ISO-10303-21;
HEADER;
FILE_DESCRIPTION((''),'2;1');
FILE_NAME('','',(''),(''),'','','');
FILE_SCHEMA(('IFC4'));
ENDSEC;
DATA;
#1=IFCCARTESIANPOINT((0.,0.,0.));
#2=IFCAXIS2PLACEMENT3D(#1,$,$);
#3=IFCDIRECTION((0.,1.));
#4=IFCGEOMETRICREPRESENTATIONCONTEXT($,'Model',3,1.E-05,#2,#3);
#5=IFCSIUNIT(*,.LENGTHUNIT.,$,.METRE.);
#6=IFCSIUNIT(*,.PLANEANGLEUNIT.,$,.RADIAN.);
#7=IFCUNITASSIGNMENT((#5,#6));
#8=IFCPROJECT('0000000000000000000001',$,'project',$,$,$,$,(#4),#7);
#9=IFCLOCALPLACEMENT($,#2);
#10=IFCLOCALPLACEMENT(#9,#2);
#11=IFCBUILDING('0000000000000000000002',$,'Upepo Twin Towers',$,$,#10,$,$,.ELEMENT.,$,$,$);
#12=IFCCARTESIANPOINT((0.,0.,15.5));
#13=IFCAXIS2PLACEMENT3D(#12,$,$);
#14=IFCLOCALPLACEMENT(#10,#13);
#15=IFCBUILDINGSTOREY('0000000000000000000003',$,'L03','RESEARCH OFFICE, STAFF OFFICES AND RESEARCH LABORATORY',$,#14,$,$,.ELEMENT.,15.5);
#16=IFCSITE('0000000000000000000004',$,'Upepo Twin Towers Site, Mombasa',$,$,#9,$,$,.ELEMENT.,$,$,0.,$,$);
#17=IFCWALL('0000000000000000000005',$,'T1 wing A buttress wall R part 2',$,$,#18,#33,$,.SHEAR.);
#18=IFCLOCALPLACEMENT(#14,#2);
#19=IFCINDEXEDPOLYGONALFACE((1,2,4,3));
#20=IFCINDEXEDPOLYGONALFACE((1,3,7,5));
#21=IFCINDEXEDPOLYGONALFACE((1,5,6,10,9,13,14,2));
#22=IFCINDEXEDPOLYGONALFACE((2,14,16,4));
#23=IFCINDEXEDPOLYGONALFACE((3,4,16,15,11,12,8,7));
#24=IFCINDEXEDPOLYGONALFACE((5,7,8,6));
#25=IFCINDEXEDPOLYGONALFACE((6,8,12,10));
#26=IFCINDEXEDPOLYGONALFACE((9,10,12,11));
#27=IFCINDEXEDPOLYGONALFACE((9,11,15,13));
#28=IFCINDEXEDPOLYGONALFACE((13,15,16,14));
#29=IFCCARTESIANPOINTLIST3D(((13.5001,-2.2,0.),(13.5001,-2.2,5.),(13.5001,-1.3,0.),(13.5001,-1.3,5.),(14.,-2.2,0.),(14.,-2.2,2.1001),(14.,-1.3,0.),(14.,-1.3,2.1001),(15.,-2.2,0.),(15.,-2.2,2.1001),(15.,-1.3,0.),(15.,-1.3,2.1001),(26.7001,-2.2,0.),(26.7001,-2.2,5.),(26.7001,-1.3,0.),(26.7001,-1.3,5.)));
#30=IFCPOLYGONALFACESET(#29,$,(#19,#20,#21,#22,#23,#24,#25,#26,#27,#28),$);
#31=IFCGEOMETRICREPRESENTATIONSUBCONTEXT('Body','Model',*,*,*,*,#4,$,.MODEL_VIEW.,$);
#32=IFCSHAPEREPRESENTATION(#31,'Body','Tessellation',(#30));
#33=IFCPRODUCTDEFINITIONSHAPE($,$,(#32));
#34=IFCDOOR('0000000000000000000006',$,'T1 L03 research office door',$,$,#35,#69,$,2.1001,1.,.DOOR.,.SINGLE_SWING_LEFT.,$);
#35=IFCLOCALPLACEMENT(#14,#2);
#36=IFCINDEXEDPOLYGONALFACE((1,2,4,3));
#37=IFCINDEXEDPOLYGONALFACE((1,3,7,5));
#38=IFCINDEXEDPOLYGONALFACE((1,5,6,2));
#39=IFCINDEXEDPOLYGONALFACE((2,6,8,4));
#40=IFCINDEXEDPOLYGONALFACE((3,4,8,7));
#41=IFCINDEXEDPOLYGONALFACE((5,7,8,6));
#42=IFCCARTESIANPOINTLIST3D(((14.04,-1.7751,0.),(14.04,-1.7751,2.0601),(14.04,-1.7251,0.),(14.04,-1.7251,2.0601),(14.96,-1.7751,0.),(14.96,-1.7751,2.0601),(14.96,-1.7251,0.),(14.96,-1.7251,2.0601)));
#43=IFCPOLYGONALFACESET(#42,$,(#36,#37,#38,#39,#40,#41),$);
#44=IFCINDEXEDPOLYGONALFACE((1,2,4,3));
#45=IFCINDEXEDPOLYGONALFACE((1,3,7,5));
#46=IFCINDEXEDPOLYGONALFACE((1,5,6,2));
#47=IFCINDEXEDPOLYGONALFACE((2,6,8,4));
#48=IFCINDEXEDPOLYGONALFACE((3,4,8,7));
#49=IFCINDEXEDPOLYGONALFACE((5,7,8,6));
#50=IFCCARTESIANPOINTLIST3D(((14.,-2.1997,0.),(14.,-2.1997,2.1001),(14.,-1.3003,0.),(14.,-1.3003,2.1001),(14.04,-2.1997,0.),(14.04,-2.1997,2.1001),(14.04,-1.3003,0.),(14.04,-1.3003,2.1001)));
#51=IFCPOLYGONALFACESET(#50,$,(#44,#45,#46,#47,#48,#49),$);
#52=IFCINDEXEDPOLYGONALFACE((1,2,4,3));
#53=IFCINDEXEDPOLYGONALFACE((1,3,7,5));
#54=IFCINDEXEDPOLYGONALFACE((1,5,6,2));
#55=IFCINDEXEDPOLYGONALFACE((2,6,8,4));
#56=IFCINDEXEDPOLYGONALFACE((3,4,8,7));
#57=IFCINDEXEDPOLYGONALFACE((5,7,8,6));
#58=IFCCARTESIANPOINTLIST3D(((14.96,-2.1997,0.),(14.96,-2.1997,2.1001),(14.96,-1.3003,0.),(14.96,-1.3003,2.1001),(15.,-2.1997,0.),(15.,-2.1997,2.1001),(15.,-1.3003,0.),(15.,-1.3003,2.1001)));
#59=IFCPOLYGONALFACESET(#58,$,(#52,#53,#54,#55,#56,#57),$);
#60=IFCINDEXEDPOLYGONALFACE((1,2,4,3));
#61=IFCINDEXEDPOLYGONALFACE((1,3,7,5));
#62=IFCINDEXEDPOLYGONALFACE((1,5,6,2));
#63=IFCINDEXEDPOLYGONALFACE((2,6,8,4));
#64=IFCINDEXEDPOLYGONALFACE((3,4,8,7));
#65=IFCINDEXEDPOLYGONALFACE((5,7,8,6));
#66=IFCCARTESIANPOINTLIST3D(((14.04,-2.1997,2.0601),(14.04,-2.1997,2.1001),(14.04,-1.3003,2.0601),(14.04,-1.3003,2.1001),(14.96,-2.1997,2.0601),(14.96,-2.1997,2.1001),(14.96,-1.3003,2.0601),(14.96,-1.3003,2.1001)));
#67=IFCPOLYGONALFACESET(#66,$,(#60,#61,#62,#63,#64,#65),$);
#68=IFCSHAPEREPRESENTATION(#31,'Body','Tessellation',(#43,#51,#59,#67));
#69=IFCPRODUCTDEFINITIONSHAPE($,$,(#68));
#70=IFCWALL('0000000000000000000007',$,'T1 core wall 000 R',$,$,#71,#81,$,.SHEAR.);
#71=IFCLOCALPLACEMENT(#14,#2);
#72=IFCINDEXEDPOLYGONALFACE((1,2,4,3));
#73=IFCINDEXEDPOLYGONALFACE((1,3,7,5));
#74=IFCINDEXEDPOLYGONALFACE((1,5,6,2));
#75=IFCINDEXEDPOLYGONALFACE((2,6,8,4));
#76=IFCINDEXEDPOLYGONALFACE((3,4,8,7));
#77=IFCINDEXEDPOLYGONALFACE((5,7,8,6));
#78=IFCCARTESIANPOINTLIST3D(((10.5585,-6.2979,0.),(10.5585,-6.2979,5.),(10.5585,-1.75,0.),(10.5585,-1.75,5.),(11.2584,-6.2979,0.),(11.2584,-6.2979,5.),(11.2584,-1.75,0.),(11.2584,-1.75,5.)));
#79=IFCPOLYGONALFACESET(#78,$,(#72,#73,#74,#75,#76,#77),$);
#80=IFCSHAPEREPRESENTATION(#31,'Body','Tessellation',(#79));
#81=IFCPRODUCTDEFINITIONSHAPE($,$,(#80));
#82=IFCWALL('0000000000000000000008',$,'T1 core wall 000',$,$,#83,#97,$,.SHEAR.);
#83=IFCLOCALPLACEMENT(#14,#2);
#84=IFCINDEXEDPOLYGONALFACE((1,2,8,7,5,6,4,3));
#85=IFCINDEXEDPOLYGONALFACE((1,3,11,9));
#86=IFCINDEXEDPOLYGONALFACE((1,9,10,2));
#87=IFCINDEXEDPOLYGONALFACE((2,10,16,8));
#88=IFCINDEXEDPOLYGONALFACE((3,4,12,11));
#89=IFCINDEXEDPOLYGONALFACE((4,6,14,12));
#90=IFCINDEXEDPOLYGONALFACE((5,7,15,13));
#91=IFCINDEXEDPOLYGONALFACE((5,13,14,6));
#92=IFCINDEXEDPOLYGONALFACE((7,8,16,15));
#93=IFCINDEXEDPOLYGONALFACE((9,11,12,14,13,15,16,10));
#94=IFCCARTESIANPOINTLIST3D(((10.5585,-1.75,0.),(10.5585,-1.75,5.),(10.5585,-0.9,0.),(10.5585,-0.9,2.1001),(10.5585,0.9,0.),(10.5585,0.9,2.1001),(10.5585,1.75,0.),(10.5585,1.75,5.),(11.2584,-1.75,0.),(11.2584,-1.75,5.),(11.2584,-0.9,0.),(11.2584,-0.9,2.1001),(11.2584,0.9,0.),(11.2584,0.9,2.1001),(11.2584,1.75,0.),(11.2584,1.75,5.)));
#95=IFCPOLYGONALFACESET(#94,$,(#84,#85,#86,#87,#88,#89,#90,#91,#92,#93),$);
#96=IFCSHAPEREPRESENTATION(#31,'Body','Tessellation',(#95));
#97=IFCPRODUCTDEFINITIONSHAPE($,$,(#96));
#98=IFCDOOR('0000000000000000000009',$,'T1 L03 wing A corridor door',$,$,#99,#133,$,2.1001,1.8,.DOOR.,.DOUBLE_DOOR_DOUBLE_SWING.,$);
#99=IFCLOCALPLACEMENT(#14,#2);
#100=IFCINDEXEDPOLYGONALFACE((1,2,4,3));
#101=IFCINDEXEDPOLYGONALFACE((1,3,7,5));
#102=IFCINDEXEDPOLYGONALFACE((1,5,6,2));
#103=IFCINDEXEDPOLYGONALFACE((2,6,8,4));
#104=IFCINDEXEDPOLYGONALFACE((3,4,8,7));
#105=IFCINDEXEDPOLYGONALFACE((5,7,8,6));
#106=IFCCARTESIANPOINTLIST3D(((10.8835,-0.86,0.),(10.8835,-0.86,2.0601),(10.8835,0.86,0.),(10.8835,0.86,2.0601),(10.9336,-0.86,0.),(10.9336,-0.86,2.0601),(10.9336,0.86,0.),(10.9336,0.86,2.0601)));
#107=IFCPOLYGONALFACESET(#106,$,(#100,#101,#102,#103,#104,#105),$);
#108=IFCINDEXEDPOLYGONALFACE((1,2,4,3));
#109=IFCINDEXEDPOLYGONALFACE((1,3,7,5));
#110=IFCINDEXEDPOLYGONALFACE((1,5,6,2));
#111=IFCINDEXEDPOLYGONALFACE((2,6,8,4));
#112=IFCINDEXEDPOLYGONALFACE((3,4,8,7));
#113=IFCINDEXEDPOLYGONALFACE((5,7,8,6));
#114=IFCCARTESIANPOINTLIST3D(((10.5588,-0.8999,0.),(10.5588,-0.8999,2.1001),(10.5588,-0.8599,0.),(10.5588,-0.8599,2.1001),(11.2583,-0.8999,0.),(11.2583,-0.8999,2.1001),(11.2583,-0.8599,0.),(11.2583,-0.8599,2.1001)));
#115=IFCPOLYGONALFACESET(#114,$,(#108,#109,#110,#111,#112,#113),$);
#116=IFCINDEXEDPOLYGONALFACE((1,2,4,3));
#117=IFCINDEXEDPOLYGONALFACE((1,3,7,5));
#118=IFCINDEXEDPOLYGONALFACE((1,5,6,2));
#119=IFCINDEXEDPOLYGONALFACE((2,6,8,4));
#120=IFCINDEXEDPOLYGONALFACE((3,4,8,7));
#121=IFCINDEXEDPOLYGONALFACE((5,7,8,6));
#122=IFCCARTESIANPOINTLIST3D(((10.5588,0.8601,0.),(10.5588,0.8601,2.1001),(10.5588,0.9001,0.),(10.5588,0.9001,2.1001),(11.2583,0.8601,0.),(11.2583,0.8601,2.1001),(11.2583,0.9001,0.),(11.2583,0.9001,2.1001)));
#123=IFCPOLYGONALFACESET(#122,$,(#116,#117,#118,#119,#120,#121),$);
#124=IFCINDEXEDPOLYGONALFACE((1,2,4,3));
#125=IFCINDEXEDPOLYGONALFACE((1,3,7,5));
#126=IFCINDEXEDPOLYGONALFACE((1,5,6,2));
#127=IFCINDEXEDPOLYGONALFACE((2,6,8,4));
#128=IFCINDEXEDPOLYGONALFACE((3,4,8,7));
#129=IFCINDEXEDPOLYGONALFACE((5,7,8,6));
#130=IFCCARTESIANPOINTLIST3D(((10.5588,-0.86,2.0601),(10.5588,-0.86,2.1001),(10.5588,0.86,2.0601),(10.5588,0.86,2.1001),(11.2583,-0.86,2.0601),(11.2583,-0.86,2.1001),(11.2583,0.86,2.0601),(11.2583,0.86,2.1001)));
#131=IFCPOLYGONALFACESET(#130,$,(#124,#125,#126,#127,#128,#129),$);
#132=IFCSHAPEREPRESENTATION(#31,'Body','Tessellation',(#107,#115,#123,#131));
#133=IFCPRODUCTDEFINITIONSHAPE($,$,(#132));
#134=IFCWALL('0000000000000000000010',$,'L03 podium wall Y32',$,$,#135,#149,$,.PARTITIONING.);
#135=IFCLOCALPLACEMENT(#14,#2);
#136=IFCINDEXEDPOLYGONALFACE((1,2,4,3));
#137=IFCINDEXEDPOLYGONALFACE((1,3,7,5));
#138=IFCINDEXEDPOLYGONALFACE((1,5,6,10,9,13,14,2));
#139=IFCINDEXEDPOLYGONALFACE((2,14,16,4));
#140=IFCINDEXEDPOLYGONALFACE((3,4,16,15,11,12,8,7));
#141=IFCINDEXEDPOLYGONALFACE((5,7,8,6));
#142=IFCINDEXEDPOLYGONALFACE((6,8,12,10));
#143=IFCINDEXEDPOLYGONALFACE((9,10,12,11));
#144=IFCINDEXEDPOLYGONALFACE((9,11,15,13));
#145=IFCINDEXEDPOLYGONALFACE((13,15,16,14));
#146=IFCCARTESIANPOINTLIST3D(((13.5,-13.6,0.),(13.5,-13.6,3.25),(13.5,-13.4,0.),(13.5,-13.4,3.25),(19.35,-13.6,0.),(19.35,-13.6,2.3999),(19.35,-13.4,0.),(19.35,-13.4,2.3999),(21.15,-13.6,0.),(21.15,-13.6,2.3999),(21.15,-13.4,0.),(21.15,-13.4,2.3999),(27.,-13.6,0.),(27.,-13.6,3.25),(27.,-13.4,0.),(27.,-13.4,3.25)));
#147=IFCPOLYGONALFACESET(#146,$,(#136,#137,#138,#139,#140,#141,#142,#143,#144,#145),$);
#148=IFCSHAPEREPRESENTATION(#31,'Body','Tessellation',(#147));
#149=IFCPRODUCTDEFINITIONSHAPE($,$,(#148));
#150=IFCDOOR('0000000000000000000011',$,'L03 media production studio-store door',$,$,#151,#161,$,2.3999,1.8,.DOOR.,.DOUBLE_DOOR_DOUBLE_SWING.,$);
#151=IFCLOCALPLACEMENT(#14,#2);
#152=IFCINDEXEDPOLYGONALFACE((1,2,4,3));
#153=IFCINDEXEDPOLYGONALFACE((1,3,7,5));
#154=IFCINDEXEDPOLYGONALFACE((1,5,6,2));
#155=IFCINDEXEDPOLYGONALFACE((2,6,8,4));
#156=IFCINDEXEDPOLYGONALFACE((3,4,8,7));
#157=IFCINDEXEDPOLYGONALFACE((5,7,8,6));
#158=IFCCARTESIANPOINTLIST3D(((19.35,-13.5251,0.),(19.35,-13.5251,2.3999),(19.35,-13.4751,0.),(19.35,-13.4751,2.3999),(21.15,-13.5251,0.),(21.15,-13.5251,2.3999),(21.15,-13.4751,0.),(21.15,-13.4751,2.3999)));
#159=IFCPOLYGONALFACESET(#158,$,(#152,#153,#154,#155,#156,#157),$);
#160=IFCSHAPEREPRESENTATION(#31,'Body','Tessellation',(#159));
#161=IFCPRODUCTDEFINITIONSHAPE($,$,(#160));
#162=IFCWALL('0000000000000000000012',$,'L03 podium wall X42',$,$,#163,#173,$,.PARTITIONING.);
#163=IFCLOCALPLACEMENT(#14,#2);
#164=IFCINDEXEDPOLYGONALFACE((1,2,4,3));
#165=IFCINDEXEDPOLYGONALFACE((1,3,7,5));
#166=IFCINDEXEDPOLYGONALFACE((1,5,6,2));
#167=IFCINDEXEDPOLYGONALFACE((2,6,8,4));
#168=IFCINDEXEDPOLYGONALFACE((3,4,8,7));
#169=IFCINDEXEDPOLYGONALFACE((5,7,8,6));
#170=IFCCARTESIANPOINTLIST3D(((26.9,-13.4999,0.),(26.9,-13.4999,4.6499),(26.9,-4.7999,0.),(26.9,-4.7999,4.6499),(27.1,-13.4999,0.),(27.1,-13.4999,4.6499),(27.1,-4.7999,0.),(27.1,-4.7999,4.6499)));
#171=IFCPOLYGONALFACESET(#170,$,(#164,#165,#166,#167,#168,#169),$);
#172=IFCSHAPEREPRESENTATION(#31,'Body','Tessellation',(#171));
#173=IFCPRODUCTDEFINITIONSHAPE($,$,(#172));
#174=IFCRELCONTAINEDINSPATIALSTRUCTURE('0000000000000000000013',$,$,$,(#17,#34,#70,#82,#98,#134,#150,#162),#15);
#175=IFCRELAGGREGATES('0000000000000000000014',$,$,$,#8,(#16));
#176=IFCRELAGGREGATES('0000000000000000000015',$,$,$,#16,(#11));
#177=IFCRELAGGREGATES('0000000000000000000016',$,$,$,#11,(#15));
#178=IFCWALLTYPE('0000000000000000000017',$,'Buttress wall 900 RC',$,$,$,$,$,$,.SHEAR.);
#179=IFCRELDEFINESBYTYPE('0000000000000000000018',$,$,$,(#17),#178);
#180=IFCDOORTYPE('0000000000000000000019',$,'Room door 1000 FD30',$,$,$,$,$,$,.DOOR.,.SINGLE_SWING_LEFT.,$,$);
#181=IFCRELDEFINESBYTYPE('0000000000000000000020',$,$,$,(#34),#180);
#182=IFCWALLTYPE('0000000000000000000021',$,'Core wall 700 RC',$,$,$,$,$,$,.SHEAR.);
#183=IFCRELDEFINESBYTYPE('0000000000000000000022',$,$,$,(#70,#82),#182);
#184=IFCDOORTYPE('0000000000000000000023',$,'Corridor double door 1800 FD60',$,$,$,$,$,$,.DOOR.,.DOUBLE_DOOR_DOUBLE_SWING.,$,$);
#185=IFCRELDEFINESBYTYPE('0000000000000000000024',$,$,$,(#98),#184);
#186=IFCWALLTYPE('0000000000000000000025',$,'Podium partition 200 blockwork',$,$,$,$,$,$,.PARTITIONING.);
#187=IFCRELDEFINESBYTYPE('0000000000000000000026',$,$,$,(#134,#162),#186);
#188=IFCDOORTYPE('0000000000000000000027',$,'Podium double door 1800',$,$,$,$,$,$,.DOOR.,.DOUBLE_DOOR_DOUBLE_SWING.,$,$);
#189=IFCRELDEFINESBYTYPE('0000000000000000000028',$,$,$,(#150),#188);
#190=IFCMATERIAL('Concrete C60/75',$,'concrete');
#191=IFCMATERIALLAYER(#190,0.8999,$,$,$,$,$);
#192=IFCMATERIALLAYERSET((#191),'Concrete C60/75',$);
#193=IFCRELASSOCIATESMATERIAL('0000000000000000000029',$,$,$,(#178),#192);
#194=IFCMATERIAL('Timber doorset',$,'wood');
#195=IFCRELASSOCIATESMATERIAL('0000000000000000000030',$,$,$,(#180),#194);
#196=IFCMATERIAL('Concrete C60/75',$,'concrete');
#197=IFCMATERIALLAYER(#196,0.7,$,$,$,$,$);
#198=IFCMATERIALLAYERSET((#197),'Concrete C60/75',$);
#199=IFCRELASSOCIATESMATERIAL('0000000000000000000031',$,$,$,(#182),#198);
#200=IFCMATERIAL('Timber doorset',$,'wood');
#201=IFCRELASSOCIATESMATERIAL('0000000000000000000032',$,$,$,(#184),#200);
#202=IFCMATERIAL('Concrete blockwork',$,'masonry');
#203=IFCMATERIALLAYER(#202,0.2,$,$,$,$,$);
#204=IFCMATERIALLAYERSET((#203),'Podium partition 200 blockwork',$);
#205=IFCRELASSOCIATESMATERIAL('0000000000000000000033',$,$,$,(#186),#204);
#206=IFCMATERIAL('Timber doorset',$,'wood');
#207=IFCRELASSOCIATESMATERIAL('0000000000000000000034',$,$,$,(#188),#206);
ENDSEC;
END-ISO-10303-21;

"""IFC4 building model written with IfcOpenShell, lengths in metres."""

from ifc_helpers import new_model, si_unit, direction, frame, frame_2d, origin, place, context, subcontext, project, spatial, rectangle, extrude, material, layer, layer_set, type_object, element, fill, save


model = new_model("IFC4")

# Units and contexts
model_context = context("Model", 3, precision=1e-05, world=origin(), true_north=direction((0.0, 1.0)))
body_context = subcontext(model_context, "Body", "Model", "MODEL_VIEW")
ifc_project = project(units=[si_unit("LENGTHUNIT", "METRE"), si_unit("PLANEANGLEUNIT", "RADIAN")], contexts=[model_context])

# Site, building, storey
site_placement = place(None, origin())
site = spatial("IfcSite", under=ifc_project, at=site_placement, Name="Upepo Twin Towers Site, Mombasa", CompositionType="ELEMENT", RefElevation=0.0)
building_placement = place(site_placement, origin())
building = spatial("IfcBuilding", under=site, at=building_placement, Name="Upepo Twin Towers", CompositionType="ELEMENT")
storey_placement = place(building_placement, frame((0.0, 0.0, 15.5)))
storey = spatial("IfcBuildingStorey", under=building, at=storey_placement, Name="L03", Description="RESEARCH OFFICE, STAFF OFFICES AND RESEARCH LABORATORY", CompositionType="ELEMENT", Elevation=15.5)

# Wall, opening, door
ifc_material_1 = material(Name="Concrete C60/75", Category="concrete")
ifc_layer_1 = layer(ifc_material_1, 0.8999)
ifc_layer_set_1 = layer_set([ifc_layer_1], Name="Concrete C60/75")
wall_type_1 = type_object("IfcWallType", Name="Buttress wall 900 RC", PredefinedType="SHEAR", material=ifc_layer_set_1)
wall_1_placement = place(storey_placement, frame((13.5, -1.75, 0.0), z_axis=(0.0, 0.0, 1.0), x_axis=(1.0, 0.0, 0.0)))
wall_1 = element("IfcWall", 1, at=wall_1_placement, inside=storey, type_object=wall_type_1, Name="T1 wing A buttress wall R part 2", PredefinedType="SHEAR", context=body_context, shape_type="SweptSolid", body=[
    extrude(rectangle(XDim=13.2, YDim=0.8999, at=frame_2d((6.6001, 0.0))), origin(), (0.0, 0.0, 1.0), 5.0),
])
opening_1_placement = place(wall_1_placement, frame((0.5, 0.0, 0.0)))
opening_1 = element("IfcOpeningElement", 2, at=opening_1_placement, cuts=wall_1, PredefinedType="OPENING", context=body_context, shape_type="SweptSolid", body=[
    extrude(rectangle(XDim=1.0, YDim=2.1001, at=frame_2d((0.5, 1.05))), frame((0.0, 0.46, 0.0), z_axis=(0.0, -1.0, 0.0), x_axis=(1.0, 0.0, 0.0)), (0.0, 0.0, 1.0), 0.9199),
])
ifc_material_2 = material(Name="Timber doorset", Category="wood")
door_type_1 = type_object("IfcDoorType", Name="Room door 1000 FD30", OperationType="SINGLE_SWING_LEFT", PredefinedType="DOOR", material=ifc_material_2)
door_1_placement = place(opening_1_placement, origin())
door_1 = element("IfcDoor", 3, at=door_1_placement, inside=storey, type_object=door_type_1, Name="T1 L03 research office door", OperationType="SINGLE_SWING_LEFT", OverallHeight=2.1001, OverallWidth=1.0, PredefinedType="DOOR", context=body_context, shape_type="SweptSolid", body=[
    extrude(rectangle(XDim=0.92, YDim=2.0601, at=frame_2d((0.5, 1.03))), frame((0.0, 0.0249, 0.0), z_axis=(0.0, -1.0, 0.0), x_axis=(1.0, 0.0, 0.0)), (0.0, 0.0, 1.0), 0.05),
    extrude(rectangle(XDim=0.04, YDim=2.1001, at=frame_2d((0.02, 1.05))), frame((0.0, 0.4497, 0.0), z_axis=(0.0, -1.0, 0.0), x_axis=(1.0, 0.0, 0.0)), (0.0, 0.0, 1.0), 0.8994),
    extrude(rectangle(XDim=0.04, YDim=2.1001, at=frame_2d((0.98, 1.05))), frame((0.0, 0.4497, 0.0), z_axis=(0.0, -1.0, 0.0), x_axis=(1.0, 0.0, 0.0)), (0.0, 0.0, 1.0), 0.8994),
    extrude(rectangle(XDim=0.92, YDim=0.04, at=frame_2d((0.5, 2.0801))), frame((0.0, 0.4497, 0.0), z_axis=(0.0, -1.0, 0.0), x_axis=(1.0, 0.0, 0.0)), (0.0, 0.0, 1.0), 0.8994),
])
fill(opening_1, door_1)

# Wall
ifc_material_3 = material(Name="Concrete C60/75", Category="concrete")
ifc_layer_2 = layer(ifc_material_3, 0.7)
ifc_layer_set_2 = layer_set([ifc_layer_2], Name="Concrete C60/75")
wall_type_2 = type_object("IfcWallType", Name="Core wall 700 RC", PredefinedType="SHEAR", material=ifc_layer_set_2)
wall_2_placement = place(storey_placement, frame((10.9084, -6.2979, 0.0), z_axis=(0.0, 0.0, 1.0), x_axis=(0.0, 1.0, 0.0)))
element("IfcWall", 4, at=wall_2_placement, inside=storey, type_object=wall_type_2, Name="T1 core wall 000 R", PredefinedType="SHEAR", context=body_context, shape_type="SweptSolid", body=[
    extrude(rectangle(XDim=4.5479, YDim=0.7, at=frame_2d((2.2739, 0.0))), origin(), (0.0, 0.0, 1.0), 5.0),
])

# Walls, openings, doors
wall_3_placement = place(storey_placement, frame((10.9084, -1.75, 0.0), z_axis=(0.0, 0.0, 1.0), x_axis=(0.0, 1.0, 0.0)))
wall_3 = element("IfcWall", 5, at=wall_3_placement, inside=storey, type_object=wall_type_2, Name="T1 core wall 000", PredefinedType="SHEAR", context=body_context, shape_type="SweptSolid", body=[
    extrude(rectangle(XDim=3.5, YDim=0.7, at=frame_2d((1.75, 0.0))), origin(), (0.0, 0.0, 1.0), 5.0),
])
opening_2_placement = place(wall_3_placement, frame((0.8501, 0.0, 0.0)))
opening_2 = element("IfcOpeningElement", 6, at=opening_2_placement, cuts=wall_3, PredefinedType="OPENING", context=body_context, shape_type="SweptSolid", body=[
    extrude(rectangle(XDim=1.8, YDim=2.1001, at=frame_2d((0.8999, 1.05))), frame((0.0, 0.3599, 0.0), z_axis=(0.0, -1.0, 0.0), x_axis=(1.0, 0.0, 0.0)), (0.0, 0.0, 1.0), 0.72),
])
ifc_material_4 = material(Name="Timber doorset", Category="wood")
door_type_2 = type_object("IfcDoorType", Name="Corridor double door 1800 FD60", OperationType="DOUBLE_DOOR_DOUBLE_SWING", PredefinedType="DOOR", material=ifc_material_4)
door_2_placement = place(opening_2_placement, origin())
door_2 = element("IfcDoor", 7, at=door_2_placement, inside=storey, type_object=door_type_2, Name="T1 L03 wing A corridor door", OperationType="DOUBLE_DOOR_DOUBLE_SWING", OverallHeight=2.1001, OverallWidth=1.8, PredefinedType="DOOR", context=body_context, shape_type="SweptSolid", body=[
    extrude(rectangle(XDim=1.72, YDim=2.0601, at=frame_2d((0.8999, 1.03))), frame((0.0, 0.0249, 0.0), z_axis=(0.0, -1.0, 0.0), x_axis=(1.0, 0.0, 0.0)), (0.0, 0.0, 1.0), 0.05),
    extrude(rectangle(XDim=0.04, YDim=2.1001, at=frame_2d((0.02, 1.05))), frame((0.0, 0.3496, 0.0), z_axis=(0.0, -1.0, 0.0), x_axis=(1.0, 0.0, 0.0)), (0.0, 0.0, 1.0), 0.6995),
    extrude(rectangle(XDim=0.04, YDim=2.1001, at=frame_2d((1.78, 1.05))), frame((0.0, 0.3496, 0.0), z_axis=(0.0, -1.0, 0.0), x_axis=(1.0, 0.0, 0.0)), (0.0, 0.0, 1.0), 0.6995),
    extrude(rectangle(XDim=1.72, YDim=0.04, at=frame_2d((0.8999, 2.0801))), frame((0.0, 0.3496, 0.0), z_axis=(0.0, -1.0, 0.0), x_axis=(1.0, 0.0, 0.0)), (0.0, 0.0, 1.0), 0.6995),
])
fill(opening_2, door_2)
ifc_material_5 = material(Name="Concrete blockwork", Category="masonry")
ifc_layer_3 = layer(ifc_material_5, 0.2)
ifc_layer_set_3 = layer_set([ifc_layer_3], Name="Podium partition 200 blockwork")
wall_type_3 = type_object("IfcWallType", Name="Podium partition 200 blockwork", PredefinedType="PARTITIONING", material=ifc_layer_set_3)
wall_4_placement = place(storey_placement, frame((13.5, -13.5, 0.0), z_axis=(0.0, 0.0, 1.0), x_axis=(1.0, 0.0, 0.0)))
wall_4 = element("IfcWall", 8, at=wall_4_placement, inside=storey, type_object=wall_type_3, Name="L03 podium wall Y32", PredefinedType="PARTITIONING", context=body_context, shape_type="SweptSolid", body=[
    extrude(rectangle(XDim=13.5, YDim=0.2, at=frame_2d((6.75, 0.0))), origin(), (0.0, 0.0, 1.0), 3.25),
])
opening_3_placement = place(wall_4_placement, frame((5.8501, 0.0, 0.0)))
opening_3 = element("IfcOpeningElement", 9, at=opening_3_placement, cuts=wall_4, PredefinedType="OPENING", context=body_context, shape_type="SweptSolid", body=[
    extrude(rectangle(XDim=1.8, YDim=2.3999, at=frame_2d((0.8999, 1.2))), frame((0.0, 0.1099, 0.0), z_axis=(0.0, -1.0, 0.0), x_axis=(1.0, 0.0, 0.0)), (0.0, 0.0, 1.0), 0.22),
])
ifc_material_6 = material(Name="Timber doorset", Category="wood")
door_type_3 = type_object("IfcDoorType", Name="Podium double door 1800", OperationType="DOUBLE_DOOR_DOUBLE_SWING", PredefinedType="DOOR", material=ifc_material_6)
door_3_placement = place(opening_3_placement, origin())
door_3 = element("IfcDoor", 10, at=door_3_placement, inside=storey, type_object=door_type_3, Name="L03 media production studio-store door", OperationType="DOUBLE_DOOR_DOUBLE_SWING", OverallHeight=2.3999, OverallWidth=1.8, PredefinedType="DOOR", context=body_context, shape_type="SweptSolid", body=[
    extrude(rectangle(XDim=1.8, YDim=2.3999, at=frame_2d((0.8999, 1.2))), frame((0.0, 0.0249, 0.0), z_axis=(0.0, -1.0, 0.0), x_axis=(1.0, 0.0, 0.0)), (0.0, 0.0, 1.0), 0.05),
])
fill(opening_3, door_3)

# Wall
wall_5_placement = place(storey_placement, frame((27.0, -13.5, 0.0), z_axis=(0.0, 0.0, 1.0), x_axis=(0.0, 1.0, 0.0)))
element("IfcWall", 11, at=wall_5_placement, inside=storey, type_object=wall_type_3, Name="L03 podium wall X42", PredefinedType="PARTITIONING", context=body_context, shape_type="SweptSolid", body=[
    extrude(rectangle(XDim=8.7, YDim=0.2, at=frame_2d((4.3501, 0.0))), origin(), (0.0, 0.0, 1.0), 4.6499),
])

save(model, "model.ifc")
